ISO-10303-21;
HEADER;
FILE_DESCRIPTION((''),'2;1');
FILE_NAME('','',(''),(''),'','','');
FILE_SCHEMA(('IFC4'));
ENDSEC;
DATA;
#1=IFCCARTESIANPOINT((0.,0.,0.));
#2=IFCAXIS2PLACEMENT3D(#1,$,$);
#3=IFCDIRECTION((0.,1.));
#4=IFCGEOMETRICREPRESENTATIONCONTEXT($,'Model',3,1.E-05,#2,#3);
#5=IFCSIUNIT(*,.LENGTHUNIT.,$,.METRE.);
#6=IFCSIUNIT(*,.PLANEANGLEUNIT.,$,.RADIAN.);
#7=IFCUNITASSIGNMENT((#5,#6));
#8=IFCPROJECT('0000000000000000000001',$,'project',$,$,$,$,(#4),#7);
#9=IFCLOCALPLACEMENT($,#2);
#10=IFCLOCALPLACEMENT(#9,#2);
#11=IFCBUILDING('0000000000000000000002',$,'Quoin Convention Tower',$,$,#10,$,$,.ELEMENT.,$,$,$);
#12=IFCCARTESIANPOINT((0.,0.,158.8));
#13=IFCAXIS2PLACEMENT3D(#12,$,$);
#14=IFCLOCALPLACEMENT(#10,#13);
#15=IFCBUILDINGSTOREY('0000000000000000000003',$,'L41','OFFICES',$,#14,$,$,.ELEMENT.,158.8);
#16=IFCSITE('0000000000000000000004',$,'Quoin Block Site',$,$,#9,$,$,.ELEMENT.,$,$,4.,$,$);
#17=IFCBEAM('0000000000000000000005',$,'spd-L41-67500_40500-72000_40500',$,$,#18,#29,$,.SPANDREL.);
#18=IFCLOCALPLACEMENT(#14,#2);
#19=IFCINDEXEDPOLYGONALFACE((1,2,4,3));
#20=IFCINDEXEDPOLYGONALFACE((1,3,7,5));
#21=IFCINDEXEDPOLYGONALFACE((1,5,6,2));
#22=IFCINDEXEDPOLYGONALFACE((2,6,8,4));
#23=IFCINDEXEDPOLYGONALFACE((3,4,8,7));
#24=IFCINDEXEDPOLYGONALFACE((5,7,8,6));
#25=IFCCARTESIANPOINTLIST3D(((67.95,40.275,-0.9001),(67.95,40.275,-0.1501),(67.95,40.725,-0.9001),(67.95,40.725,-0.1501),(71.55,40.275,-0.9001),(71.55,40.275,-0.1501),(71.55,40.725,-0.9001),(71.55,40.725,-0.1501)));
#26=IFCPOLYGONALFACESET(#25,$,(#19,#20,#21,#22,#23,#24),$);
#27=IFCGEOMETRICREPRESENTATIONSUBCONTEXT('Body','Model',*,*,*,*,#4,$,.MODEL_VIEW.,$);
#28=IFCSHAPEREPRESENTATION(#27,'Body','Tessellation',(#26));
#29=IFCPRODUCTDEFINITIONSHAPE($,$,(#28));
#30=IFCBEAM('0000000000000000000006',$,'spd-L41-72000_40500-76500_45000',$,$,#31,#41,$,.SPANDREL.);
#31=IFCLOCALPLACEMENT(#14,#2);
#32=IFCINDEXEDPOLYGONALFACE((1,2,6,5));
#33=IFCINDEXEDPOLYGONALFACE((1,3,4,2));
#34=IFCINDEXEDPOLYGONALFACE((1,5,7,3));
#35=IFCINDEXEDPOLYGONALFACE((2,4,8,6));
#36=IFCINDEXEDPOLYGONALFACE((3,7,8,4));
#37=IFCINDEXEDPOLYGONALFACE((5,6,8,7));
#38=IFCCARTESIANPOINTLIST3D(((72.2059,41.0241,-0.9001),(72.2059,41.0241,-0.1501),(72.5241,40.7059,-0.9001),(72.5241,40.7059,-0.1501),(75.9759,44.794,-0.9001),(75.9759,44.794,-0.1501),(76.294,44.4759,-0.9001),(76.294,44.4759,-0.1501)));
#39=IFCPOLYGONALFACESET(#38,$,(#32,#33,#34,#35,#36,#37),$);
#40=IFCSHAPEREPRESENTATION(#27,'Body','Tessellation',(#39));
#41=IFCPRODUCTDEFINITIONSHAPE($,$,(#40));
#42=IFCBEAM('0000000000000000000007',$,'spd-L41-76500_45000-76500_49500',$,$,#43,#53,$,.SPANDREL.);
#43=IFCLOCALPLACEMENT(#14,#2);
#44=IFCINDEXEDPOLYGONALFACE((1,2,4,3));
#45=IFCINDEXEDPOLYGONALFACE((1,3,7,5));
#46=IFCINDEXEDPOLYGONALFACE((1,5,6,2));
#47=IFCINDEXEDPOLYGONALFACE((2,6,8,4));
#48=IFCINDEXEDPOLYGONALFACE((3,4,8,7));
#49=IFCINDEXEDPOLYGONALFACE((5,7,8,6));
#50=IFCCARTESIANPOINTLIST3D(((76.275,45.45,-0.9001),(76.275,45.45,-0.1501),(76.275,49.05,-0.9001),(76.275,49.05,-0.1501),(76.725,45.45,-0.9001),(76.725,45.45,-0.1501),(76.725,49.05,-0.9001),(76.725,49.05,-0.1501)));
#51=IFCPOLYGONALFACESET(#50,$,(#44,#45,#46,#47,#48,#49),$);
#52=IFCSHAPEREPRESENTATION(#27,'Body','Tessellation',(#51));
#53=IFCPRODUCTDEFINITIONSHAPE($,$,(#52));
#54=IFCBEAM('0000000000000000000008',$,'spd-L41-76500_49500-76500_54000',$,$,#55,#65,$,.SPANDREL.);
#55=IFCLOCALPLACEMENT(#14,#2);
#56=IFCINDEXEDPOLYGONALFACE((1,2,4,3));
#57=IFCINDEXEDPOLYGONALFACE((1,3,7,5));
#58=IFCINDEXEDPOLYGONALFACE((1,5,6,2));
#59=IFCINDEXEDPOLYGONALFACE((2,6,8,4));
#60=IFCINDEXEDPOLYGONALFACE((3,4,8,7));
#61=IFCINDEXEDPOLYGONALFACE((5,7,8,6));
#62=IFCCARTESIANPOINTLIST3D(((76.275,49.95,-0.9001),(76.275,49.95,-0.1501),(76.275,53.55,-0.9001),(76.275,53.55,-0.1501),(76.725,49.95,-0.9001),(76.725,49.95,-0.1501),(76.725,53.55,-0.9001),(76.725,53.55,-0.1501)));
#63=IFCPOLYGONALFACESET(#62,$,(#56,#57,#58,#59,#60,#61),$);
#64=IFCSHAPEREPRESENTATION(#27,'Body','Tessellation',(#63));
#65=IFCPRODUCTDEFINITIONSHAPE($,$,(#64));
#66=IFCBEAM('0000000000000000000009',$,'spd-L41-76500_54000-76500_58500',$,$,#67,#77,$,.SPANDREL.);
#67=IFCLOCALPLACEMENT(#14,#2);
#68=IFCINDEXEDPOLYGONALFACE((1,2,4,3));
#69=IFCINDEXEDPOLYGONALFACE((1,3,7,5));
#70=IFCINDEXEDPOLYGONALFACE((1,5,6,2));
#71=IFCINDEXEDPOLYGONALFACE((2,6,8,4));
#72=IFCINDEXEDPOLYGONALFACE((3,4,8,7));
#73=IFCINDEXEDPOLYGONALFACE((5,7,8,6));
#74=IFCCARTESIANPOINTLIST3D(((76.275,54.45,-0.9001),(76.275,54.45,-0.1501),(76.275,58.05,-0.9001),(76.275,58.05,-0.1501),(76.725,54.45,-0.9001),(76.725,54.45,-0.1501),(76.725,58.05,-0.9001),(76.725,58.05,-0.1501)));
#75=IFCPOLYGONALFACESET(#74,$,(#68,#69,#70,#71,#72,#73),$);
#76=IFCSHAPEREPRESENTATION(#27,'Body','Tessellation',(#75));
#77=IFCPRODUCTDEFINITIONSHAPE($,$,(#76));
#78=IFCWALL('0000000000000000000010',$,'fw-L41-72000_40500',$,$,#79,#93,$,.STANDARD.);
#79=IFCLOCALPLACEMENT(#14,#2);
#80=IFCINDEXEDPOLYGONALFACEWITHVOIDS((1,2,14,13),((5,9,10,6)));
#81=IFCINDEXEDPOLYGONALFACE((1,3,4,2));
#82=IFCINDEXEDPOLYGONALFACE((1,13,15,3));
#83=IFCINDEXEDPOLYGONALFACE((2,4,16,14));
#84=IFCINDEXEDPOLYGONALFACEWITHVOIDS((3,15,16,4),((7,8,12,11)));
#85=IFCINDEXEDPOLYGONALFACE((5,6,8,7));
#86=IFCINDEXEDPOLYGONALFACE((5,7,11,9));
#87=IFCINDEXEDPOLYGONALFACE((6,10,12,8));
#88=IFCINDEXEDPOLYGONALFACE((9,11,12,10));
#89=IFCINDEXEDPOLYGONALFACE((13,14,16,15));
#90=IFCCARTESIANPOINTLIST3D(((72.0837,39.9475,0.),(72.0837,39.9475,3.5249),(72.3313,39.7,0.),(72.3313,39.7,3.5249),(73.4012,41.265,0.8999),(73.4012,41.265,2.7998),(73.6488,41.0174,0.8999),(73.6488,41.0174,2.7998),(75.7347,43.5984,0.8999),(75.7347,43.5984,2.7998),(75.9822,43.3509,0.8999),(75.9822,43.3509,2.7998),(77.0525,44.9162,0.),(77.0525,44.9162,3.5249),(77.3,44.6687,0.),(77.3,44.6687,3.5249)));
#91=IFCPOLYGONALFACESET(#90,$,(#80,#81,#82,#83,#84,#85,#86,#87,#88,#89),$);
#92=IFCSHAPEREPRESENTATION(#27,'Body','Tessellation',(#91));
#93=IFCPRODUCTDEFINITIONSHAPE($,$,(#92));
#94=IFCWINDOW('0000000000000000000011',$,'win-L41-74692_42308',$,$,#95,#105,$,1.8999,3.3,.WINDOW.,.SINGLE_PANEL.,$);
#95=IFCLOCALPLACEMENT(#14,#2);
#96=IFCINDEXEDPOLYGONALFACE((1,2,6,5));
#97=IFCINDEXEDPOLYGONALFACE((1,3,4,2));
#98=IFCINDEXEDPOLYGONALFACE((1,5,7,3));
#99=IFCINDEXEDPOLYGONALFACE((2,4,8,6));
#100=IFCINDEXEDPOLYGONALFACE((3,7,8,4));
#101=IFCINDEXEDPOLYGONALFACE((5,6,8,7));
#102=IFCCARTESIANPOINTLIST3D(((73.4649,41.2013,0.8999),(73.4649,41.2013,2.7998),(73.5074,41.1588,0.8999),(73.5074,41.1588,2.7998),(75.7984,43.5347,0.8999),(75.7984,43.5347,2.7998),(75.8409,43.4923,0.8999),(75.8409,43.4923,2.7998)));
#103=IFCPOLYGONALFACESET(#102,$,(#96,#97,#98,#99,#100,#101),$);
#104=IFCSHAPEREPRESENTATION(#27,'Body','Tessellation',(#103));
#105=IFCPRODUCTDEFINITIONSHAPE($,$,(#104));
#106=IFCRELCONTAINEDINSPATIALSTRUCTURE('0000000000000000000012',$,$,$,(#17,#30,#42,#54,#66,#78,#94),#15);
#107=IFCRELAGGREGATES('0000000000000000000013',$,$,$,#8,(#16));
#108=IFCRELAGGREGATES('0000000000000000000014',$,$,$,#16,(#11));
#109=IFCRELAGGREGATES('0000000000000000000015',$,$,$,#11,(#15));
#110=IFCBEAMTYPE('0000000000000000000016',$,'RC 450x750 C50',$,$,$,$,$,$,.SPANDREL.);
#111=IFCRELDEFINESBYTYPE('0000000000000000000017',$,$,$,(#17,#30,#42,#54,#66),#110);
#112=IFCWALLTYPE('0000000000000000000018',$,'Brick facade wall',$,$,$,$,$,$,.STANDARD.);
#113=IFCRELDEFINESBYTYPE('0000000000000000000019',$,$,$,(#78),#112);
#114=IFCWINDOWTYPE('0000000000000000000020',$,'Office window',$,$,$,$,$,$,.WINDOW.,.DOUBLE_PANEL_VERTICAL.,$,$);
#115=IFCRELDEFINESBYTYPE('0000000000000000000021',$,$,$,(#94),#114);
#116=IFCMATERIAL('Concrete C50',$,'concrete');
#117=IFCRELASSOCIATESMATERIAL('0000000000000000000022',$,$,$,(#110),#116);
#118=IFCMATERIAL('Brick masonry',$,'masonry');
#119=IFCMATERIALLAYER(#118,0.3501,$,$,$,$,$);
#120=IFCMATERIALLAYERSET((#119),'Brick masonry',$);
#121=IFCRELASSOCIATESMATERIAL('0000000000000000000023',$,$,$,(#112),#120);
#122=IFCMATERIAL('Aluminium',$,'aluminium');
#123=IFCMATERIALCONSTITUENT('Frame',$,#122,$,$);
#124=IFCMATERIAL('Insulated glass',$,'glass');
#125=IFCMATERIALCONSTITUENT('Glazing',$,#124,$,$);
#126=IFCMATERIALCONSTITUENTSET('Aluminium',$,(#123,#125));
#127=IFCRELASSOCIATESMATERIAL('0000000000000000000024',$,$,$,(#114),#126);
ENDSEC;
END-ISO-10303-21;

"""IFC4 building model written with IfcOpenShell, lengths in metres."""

from ifc_helpers import new_model, si_unit, direction, frame, frame_2d, origin, origin_2d, place, context, subcontext, project, spatial, rectangle, extrude, material, layer, layer_set, constituent, constituent_set, material_profile, profile_set, type_object, element, fill, save


model = new_model("IFC4")

# Units and contexts
model_context = context("Model", 3, precision=1e-05, world=origin(), true_north=direction((0.0, 1.0)))
body_context = subcontext(model_context, "Body", "Model", "MODEL_VIEW")
ifc_project = project(units=[si_unit("LENGTHUNIT", "METRE"), si_unit("PLANEANGLEUNIT", "RADIAN")], contexts=[model_context])

# Site, building, storey
site_placement = place(None, origin())
site = spatial("IfcSite", under=ifc_project, at=site_placement, Name="Quoin Block Site", CompositionType="ELEMENT", RefElevation=4.0)
building_placement = place(site_placement, origin())
building = spatial("IfcBuilding", under=site, at=building_placement, Name="Quoin Convention Tower", CompositionType="ELEMENT")
storey_placement = place(building_placement, frame((0.0, 0.0, 158.8)))
storey = spatial("IfcBuildingStorey", under=building, at=storey_placement, Name="L41", Description="OFFICES", CompositionType="ELEMENT", Elevation=158.8)

# Shared definitions
ifc_material_1 = material(Name="Concrete C50", Category="concrete")

# Beams
ifc_material_profile_1 = material_profile(ifc_material_1, rectangle(XDim=0.45, YDim=0.75, at=origin_2d()), Name="RC 450x750")
ifc_profile_set_1 = profile_set([ifc_material_profile_1], Name="Concrete C50")
beam_type_1 = type_object("IfcBeamType", Name="RC 450x750 C50", PredefinedType="SPANDREL", material=ifc_profile_set_1)
beam_1_placement = place(storey_placement, frame((67.95, 40.5, -0.5251), z_axis=(1.0, 0.0, 0.0), x_axis=(0.0, 1.0, 0.0)))
element("IfcBeam", 1, at=beam_1_placement, inside=storey, type_object=beam_type_1, Name="spd-L41-67500_40500-72000_40500", PredefinedType="SPANDREL", context=body_context, shape_type="SweptSolid", body=[
    extrude(rectangle(XDim=0.45, YDim=0.75, at=origin_2d()), origin(), (0.0, 0.0, 1.0), 3.6001),
])
beam_2_placement = place(storey_placement, frame((72.365, 40.865, -0.5251), z_axis=(0.707107, 0.707107, 0.0), x_axis=(-0.707107, 0.707107, 0.0)))
element("IfcBeam", 2, at=beam_2_placement, inside=storey, type_object=beam_type_1, Name="spd-L41-72000_40500-76500_45000", PredefinedType="SPANDREL", context=body_context, shape_type="SweptSolid", body=[
    extrude(rectangle(XDim=0.45, YDim=0.75, at=origin_2d()), origin(), (0.0, 0.0, 1.0), 5.3315),
])
for number, where, z_axis, x_axis, name in (
    (3, (76.5, 45.45, -0.5251), (0.0, 1.0, 0.0), (-1.0, 0.0, 0.0), "spd-L41-76500_45000-76500_49500"),
    (4, (76.5, 49.95, -0.5251), (0.0, 1.0, 0.0), (-1.0, 0.0, 0.0), "spd-L41-76500_49500-76500_54000"),
    (5, (76.5, 54.45, -0.5251), (0.0, 1.0, 0.0), (-1.0, 0.0, 0.0), "spd-L41-76500_54000-76500_58500"),
):
    element("IfcBeam", number, at=place(storey_placement, frame(where, z_axis=z_axis, x_axis=x_axis)), inside=storey, type_object=beam_type_1, Name=name, PredefinedType="SPANDREL", context=body_context, shape_type="SweptSolid", body=[
        extrude(rectangle(XDim=0.45, YDim=0.75, at=origin_2d()), origin(), (0.0, 0.0, 1.0), 3.6001),
    ])

# Wall, opening, window
ifc_material_2 = material(Name="Brick masonry", Category="masonry")
ifc_layer_1 = layer(ifc_material_2, 0.3501)
ifc_layer_set_1 = layer_set([ifc_layer_1], Name="Brick masonry")
wall_type_1 = type_object("IfcWallType", Name="Brick facade wall", PredefinedType="STANDARD", material=ifc_layer_set_1)
wall_1_placement = place(storey_placement, frame((72.2075, 39.8237, 0.0), z_axis=(0.0, 0.0, 1.0), x_axis=(0.707107, 0.707107, 0.0)))
wall_1 = element("IfcWall", 6, at=wall_1_placement, inside=storey, type_object=wall_type_1, Name="fw-L41-72000_40500", PredefinedType="STANDARD", context=body_context, shape_type="SweptSolid", body=[
    extrude(rectangle(XDim=7.0269, YDim=0.3501, at=frame_2d((3.5134, 0.0))), origin(), (0.0, 0.0, 1.0), 3.5249),
])
opening_1_placement = place(wall_1_placement, frame((1.8633, 0.0, 0.8999)))
opening_1 = element("IfcOpeningElement", 7, at=opening_1_placement, cuts=wall_1, PredefinedType="OPENING", context=body_context, shape_type="SweptSolid", body=[
    extrude(rectangle(XDim=3.3, YDim=1.8999, at=frame_2d((1.6499, 0.95))), frame((0.0, 0.1851, 0.0), z_axis=(0.0, -1.0, 0.0), x_axis=(1.0, 0.0, 0.0)), (0.0, 0.0, 1.0), 0.3701),
])
ifc_material_3 = material(Name="Aluminium", Category="aluminium")
ifc_constituent_1 = constituent(ifc_material_3, Name="Frame")
ifc_material_4 = material(Name="Insulated glass", Category="glass")
ifc_constituent_2 = constituent(ifc_material_4, Name="Glazing")
ifc_constituent_set = constituent_set(constituents=[ifc_constituent_1, ifc_constituent_2], Name="Aluminium")
window_type = type_object("IfcWindowType", Name="Office window", PartitioningType="DOUBLE_PANEL_VERTICAL", PredefinedType="WINDOW", material=ifc_constituent_set)
window_1_placement = place(opening_1_placement, origin())
window_1 = element("IfcWindow", 8, at=window_1_placement, inside=storey, type_object=window_type, Name="win-L41-74692_42308", OverallHeight=1.8999, OverallWidth=3.3, PartitioningType="SINGLE_PANEL", PredefinedType="WINDOW", context=body_context, shape_type="SweptSolid", body=[
    extrude(rectangle(XDim=3.3, YDim=1.8999, at=frame_2d((1.6499, 0.95))), frame((0.0, 0.085, 0.0), z_axis=(0.0, -1.0, 0.0), x_axis=(1.0, 0.0, 0.0)), (0.0, 0.0, 1.0), 0.0601),
])
fill(opening_1, window_1)

save(model, "model.ifc")
